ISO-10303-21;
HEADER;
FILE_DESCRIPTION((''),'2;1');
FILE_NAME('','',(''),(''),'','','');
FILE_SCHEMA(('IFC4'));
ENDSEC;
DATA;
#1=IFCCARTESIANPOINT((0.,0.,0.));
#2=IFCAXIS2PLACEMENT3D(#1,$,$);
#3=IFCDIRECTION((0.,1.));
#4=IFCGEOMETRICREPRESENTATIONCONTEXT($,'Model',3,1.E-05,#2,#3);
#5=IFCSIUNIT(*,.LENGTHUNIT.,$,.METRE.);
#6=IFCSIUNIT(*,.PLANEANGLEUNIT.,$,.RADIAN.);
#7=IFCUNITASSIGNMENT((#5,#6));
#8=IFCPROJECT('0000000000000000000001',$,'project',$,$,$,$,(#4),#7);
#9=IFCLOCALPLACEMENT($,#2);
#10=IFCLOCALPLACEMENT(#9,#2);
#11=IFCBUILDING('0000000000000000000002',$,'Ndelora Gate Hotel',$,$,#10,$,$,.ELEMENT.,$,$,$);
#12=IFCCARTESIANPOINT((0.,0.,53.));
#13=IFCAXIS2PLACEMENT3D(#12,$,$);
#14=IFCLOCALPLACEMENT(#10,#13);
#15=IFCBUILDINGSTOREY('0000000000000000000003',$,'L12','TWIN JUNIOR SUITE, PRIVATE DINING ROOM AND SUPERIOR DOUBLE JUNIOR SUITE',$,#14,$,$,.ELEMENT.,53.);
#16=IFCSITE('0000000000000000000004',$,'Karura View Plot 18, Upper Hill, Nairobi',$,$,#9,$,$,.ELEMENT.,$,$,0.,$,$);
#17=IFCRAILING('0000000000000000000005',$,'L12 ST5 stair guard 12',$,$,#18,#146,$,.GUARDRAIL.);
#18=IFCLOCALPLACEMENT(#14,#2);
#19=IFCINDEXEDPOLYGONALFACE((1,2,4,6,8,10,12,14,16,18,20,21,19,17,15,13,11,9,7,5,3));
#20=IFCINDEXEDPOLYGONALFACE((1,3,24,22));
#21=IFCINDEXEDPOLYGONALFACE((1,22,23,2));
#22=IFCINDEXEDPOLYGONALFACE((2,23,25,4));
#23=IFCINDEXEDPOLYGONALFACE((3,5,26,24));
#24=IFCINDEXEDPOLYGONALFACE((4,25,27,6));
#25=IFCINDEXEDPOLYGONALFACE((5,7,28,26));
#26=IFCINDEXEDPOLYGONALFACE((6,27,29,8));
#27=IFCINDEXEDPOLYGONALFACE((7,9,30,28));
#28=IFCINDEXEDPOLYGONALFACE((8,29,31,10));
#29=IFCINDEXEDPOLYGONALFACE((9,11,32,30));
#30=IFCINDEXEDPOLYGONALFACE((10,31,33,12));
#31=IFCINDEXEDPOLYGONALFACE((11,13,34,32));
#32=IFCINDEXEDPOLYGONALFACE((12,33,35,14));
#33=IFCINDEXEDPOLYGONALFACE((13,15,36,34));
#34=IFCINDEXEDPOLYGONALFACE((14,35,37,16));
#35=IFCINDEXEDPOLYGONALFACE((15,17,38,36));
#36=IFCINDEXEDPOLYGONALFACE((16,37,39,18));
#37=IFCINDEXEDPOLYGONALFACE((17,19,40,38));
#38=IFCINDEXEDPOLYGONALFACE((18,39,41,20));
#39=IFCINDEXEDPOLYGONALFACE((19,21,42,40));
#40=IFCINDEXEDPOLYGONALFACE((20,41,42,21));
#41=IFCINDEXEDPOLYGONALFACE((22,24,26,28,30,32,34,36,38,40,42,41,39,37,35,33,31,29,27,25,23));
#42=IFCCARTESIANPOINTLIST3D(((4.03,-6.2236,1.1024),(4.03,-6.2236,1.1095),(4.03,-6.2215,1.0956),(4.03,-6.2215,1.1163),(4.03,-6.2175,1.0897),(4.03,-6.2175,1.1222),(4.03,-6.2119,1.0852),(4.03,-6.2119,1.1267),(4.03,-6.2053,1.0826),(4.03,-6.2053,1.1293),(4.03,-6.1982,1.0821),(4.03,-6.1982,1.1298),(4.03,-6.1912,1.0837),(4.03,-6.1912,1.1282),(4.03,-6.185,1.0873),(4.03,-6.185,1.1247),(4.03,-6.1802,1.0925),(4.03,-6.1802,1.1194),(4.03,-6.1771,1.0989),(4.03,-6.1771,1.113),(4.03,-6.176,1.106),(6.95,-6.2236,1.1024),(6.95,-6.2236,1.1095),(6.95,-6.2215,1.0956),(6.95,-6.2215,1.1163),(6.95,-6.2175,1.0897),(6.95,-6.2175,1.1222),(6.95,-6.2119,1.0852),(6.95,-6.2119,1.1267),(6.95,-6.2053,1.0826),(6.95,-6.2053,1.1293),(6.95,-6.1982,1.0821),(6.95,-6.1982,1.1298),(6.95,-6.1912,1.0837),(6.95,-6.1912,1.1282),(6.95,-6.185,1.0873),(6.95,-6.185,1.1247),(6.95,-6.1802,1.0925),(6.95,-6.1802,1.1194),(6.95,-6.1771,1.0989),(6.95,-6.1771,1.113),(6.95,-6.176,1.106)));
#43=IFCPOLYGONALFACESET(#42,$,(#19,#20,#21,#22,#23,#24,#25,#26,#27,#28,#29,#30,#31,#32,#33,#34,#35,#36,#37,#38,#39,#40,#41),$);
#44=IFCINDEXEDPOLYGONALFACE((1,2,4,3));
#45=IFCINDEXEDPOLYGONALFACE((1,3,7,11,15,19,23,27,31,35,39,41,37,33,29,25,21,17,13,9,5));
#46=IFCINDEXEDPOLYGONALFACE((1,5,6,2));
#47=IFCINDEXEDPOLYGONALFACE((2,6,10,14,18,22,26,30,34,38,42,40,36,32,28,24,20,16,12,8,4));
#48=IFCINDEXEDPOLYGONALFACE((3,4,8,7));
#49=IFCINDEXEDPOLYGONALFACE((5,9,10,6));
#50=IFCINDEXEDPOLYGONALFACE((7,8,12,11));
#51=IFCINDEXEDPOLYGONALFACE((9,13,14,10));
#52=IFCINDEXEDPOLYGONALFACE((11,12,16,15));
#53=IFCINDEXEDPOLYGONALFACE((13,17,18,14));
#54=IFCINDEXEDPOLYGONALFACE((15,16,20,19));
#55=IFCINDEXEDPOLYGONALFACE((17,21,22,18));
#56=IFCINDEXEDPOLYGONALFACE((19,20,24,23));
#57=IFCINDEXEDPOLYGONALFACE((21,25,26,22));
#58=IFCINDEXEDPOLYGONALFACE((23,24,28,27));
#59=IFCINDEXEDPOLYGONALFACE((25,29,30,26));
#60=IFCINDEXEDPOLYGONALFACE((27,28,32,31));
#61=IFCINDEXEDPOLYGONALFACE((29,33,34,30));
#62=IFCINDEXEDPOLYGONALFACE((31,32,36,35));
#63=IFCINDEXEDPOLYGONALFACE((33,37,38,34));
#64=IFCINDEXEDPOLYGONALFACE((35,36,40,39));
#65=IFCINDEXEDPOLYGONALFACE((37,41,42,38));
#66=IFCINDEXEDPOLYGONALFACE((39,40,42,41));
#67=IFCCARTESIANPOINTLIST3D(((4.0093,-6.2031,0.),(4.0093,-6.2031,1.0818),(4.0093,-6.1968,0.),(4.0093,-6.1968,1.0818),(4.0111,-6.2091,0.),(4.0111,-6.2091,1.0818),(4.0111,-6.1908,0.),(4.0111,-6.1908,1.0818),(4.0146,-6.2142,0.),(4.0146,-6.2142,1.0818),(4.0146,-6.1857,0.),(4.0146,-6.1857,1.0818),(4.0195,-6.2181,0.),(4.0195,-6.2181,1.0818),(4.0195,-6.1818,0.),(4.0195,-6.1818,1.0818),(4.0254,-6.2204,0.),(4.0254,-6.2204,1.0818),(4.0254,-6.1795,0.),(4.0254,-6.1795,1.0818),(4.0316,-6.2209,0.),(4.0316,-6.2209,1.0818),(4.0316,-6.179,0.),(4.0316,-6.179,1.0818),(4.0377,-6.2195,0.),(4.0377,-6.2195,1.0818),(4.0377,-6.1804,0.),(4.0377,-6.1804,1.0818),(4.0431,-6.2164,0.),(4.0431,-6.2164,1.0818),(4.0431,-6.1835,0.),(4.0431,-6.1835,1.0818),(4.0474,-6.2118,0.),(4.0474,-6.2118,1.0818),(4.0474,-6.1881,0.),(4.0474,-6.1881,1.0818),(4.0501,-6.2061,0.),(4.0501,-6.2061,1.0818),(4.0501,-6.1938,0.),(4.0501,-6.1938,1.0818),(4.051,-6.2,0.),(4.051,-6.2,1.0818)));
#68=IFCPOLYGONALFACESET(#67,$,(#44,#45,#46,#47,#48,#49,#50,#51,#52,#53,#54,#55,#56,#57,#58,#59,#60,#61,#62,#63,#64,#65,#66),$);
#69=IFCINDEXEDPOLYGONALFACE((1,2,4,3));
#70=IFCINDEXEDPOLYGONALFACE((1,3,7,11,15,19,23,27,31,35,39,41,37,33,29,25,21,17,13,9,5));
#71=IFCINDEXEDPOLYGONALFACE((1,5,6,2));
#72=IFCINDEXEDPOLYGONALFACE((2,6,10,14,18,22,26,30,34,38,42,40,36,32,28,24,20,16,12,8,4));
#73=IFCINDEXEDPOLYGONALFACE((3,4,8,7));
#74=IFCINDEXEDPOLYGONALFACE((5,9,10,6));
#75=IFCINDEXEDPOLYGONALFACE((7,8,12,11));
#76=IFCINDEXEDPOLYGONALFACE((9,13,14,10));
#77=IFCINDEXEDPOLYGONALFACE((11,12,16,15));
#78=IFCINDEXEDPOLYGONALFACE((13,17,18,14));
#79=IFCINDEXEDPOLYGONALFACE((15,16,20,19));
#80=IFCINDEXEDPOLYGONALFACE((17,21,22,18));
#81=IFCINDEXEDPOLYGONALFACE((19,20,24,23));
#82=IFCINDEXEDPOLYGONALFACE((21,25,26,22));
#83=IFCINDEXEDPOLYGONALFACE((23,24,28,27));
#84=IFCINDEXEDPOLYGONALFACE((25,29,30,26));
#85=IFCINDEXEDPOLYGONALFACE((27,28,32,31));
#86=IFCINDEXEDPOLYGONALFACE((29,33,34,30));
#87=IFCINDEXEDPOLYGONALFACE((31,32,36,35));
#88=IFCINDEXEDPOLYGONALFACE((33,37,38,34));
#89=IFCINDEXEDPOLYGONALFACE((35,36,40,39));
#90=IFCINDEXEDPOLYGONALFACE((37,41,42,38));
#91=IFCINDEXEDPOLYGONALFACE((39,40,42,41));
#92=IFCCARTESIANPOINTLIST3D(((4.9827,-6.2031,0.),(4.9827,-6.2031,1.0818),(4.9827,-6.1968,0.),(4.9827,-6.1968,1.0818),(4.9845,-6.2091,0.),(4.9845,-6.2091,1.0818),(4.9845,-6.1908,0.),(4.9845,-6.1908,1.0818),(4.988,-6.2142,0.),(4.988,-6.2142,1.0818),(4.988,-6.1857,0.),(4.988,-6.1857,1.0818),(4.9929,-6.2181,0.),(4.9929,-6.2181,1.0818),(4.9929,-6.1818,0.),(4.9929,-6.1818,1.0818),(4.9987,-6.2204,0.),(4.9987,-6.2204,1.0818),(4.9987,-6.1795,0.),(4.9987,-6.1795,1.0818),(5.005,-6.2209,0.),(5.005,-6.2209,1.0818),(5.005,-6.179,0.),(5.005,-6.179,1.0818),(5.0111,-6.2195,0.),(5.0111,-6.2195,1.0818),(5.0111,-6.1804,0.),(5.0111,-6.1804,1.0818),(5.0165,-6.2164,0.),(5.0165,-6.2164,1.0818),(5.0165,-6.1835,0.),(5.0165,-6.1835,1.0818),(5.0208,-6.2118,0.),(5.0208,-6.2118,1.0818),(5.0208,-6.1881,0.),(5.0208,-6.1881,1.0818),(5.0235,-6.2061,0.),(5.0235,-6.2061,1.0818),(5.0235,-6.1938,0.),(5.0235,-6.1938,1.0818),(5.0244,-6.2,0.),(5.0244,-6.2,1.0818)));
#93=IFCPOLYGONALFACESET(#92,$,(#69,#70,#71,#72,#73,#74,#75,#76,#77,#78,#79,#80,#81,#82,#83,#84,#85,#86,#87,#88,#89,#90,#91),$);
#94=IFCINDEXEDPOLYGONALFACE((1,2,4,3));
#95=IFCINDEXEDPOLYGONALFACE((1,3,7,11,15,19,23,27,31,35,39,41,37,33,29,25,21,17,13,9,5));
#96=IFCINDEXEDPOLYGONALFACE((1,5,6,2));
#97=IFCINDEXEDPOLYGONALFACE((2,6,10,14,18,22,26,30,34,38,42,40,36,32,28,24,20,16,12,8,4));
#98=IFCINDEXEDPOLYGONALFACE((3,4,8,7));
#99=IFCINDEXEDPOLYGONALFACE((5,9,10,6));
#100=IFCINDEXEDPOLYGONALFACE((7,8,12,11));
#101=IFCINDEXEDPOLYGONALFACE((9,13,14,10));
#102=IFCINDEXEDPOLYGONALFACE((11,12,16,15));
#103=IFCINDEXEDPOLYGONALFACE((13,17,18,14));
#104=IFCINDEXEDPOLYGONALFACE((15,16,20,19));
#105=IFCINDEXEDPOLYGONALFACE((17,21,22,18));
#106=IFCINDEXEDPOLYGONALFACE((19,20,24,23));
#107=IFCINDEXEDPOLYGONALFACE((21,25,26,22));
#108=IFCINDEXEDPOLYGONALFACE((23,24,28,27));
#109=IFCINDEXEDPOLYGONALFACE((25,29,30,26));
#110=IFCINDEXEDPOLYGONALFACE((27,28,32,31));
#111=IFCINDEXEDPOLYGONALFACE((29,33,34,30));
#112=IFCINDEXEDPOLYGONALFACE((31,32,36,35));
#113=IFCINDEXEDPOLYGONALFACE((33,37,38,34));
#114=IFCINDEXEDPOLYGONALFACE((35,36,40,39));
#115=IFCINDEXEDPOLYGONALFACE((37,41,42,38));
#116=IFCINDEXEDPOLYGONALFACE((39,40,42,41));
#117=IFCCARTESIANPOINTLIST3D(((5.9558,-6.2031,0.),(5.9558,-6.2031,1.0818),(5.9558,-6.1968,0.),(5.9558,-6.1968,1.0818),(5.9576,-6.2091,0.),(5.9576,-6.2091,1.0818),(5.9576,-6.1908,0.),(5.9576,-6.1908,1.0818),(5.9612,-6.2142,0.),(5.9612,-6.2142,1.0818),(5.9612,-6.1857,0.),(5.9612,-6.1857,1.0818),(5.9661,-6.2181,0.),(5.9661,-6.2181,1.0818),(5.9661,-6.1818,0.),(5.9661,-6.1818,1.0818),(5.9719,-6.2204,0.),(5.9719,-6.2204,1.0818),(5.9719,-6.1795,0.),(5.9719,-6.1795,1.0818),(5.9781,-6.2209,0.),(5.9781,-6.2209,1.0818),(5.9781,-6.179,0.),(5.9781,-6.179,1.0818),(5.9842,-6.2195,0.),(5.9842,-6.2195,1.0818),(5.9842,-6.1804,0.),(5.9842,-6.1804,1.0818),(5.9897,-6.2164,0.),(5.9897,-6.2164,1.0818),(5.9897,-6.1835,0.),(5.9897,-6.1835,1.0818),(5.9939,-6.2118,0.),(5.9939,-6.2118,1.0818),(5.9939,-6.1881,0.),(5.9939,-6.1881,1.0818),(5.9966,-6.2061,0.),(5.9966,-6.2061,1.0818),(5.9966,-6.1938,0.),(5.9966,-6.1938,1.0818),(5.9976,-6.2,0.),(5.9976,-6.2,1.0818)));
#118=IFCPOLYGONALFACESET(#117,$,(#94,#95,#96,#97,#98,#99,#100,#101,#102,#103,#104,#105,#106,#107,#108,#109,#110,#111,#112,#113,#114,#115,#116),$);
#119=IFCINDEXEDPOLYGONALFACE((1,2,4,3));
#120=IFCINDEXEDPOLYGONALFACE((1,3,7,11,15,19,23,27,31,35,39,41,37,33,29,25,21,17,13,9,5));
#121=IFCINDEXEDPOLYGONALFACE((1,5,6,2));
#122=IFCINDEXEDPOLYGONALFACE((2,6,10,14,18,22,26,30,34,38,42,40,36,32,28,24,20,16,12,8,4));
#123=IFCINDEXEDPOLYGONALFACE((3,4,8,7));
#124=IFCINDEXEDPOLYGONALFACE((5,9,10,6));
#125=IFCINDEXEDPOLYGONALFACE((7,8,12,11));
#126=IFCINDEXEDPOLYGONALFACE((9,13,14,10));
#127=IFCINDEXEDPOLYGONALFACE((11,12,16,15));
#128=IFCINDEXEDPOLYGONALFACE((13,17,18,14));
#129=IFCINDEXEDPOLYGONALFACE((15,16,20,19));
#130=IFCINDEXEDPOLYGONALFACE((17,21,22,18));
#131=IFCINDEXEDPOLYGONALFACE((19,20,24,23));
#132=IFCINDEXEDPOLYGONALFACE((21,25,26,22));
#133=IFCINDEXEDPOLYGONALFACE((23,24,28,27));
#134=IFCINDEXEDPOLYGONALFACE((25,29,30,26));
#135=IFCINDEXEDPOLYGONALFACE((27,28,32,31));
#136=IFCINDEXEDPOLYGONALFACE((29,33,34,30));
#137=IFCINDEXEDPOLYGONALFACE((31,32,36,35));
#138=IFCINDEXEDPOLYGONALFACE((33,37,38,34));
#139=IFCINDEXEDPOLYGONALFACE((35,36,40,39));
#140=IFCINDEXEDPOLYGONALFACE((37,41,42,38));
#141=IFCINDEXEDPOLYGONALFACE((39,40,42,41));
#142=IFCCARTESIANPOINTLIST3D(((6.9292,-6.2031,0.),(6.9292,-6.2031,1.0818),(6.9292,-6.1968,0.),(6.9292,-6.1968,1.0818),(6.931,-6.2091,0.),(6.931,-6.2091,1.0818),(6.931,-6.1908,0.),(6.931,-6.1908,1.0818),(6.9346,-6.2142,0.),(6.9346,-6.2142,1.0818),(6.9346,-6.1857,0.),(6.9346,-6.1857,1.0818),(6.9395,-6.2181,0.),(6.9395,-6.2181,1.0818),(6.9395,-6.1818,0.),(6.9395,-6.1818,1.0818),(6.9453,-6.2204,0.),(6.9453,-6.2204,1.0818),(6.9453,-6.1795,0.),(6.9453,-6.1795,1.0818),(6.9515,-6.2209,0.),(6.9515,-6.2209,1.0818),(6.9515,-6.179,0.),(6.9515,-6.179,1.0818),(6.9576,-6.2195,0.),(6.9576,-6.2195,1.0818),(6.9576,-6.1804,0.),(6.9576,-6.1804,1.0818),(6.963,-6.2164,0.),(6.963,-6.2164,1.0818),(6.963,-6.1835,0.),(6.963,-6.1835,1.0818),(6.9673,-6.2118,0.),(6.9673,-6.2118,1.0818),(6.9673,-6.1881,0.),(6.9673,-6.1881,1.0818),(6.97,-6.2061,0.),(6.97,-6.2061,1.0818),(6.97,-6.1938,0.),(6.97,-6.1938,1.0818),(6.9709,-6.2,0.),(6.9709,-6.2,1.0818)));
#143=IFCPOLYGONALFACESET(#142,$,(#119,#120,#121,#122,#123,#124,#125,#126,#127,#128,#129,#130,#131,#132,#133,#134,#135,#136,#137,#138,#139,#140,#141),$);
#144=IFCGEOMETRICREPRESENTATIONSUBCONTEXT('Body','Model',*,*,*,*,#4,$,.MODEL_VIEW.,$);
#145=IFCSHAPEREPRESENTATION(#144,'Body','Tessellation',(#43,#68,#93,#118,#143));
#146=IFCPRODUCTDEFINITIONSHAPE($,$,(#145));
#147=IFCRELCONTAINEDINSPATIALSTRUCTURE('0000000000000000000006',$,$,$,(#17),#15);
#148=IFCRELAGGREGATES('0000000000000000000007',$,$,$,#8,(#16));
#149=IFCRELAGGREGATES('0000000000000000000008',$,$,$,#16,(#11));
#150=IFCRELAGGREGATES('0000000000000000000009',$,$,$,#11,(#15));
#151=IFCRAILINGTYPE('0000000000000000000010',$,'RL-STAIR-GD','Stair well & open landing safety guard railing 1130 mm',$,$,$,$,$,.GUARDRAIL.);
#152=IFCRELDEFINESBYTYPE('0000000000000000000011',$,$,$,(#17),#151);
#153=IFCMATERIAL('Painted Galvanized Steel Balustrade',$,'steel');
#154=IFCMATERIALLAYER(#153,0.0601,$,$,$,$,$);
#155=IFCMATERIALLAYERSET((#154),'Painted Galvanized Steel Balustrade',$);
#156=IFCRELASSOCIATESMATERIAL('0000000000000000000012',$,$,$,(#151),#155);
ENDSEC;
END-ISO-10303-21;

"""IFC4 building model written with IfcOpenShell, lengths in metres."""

from ifc_helpers import new_model, si_unit, direction, frame, origin, origin_2d, place, context, subcontext, project, spatial, circle, extrude, material, layer, layer_set, type_object, element, save


model = new_model("IFC4")

# Units and contexts
model_context = context("Model", 3, precision=1e-05, world=origin(), true_north=direction((0.0, 1.0)))
body_context = subcontext(model_context, "Body", "Model", "MODEL_VIEW")
ifc_project = project(units=[si_unit("LENGTHUNIT", "METRE"), si_unit("PLANEANGLEUNIT", "RADIAN")], contexts=[model_context])

# Site, building, storey
site_placement = place(None, origin())
site = spatial("IfcSite", under=ifc_project, at=site_placement, Name="Karura View Plot 18, Upper Hill, Nairobi", CompositionType="ELEMENT", RefElevation=0.0)
building_placement = place(site_placement, origin())
building = spatial("IfcBuilding", under=site, at=building_placement, Name="Ndelora Gate Hotel", CompositionType="ELEMENT")
storey_placement = place(building_placement, frame((0.0, 0.0, 53.0)))
storey = spatial("IfcBuildingStorey", under=building, at=storey_placement, Name="L12", Description="TWIN JUNIOR SUITE, PRIVATE DINING ROOM AND SUPERIOR DOUBLE JUNIOR SUITE", CompositionType="ELEMENT", Elevation=53.0)

# Railing
ifc_material_1 = material(Name="Painted Galvanized Steel Balustrade", Category="steel")
ifc_layer_1 = layer(ifc_material_1, 0.0601)
ifc_layer_set_1 = layer_set([ifc_layer_1], Name="Painted Galvanized Steel Balustrade")
railing_type_1 = type_object("IfcRailingType", Name="RL-STAIR-GD", Description="Stair well & open landing safety guard railing 1130 mm", PredefinedType="GUARDRAIL", material=ifc_layer_set_1)
railing_1_placement = place(storey_placement, frame((4.03, -6.2, 0.0)))
element("IfcRailing", 1, at=railing_1_placement, inside=storey, type_object=railing_type_1, Name="L12 ST5 stair guard 12", PredefinedType="GUARDRAIL", context=body_context, shape_type="SweptSolid", body=[
    extrude(circle(Radius=0.0239, at=origin_2d()), frame((0.0, 0.0, 1.106), z_axis=(1.0, 0.0, 0.0), x_axis=(0.0, 1.0, 0.0)), (0.0, 0.0, 1.0), 2.9199),
    extrude(circle(Radius=0.021, at=origin_2d()), origin(), (0.0, 0.0, 1.0), 1.0818),
    extrude(circle(Radius=0.021, at=origin_2d()), frame((0.9734, 0.0, 0.0)), (0.0, 0.0, 1.0), 1.0818),
    extrude(circle(Radius=0.021, at=origin_2d()), frame((1.9465, 0.0, 0.0)), (0.0, 0.0, 1.0), 1.0818),
    extrude(circle(Radius=0.021, at=origin_2d()), frame((2.9199, 0.0, 0.0)), (0.0, 0.0, 1.0), 1.0818),
])

save(model, "model.ifc")
